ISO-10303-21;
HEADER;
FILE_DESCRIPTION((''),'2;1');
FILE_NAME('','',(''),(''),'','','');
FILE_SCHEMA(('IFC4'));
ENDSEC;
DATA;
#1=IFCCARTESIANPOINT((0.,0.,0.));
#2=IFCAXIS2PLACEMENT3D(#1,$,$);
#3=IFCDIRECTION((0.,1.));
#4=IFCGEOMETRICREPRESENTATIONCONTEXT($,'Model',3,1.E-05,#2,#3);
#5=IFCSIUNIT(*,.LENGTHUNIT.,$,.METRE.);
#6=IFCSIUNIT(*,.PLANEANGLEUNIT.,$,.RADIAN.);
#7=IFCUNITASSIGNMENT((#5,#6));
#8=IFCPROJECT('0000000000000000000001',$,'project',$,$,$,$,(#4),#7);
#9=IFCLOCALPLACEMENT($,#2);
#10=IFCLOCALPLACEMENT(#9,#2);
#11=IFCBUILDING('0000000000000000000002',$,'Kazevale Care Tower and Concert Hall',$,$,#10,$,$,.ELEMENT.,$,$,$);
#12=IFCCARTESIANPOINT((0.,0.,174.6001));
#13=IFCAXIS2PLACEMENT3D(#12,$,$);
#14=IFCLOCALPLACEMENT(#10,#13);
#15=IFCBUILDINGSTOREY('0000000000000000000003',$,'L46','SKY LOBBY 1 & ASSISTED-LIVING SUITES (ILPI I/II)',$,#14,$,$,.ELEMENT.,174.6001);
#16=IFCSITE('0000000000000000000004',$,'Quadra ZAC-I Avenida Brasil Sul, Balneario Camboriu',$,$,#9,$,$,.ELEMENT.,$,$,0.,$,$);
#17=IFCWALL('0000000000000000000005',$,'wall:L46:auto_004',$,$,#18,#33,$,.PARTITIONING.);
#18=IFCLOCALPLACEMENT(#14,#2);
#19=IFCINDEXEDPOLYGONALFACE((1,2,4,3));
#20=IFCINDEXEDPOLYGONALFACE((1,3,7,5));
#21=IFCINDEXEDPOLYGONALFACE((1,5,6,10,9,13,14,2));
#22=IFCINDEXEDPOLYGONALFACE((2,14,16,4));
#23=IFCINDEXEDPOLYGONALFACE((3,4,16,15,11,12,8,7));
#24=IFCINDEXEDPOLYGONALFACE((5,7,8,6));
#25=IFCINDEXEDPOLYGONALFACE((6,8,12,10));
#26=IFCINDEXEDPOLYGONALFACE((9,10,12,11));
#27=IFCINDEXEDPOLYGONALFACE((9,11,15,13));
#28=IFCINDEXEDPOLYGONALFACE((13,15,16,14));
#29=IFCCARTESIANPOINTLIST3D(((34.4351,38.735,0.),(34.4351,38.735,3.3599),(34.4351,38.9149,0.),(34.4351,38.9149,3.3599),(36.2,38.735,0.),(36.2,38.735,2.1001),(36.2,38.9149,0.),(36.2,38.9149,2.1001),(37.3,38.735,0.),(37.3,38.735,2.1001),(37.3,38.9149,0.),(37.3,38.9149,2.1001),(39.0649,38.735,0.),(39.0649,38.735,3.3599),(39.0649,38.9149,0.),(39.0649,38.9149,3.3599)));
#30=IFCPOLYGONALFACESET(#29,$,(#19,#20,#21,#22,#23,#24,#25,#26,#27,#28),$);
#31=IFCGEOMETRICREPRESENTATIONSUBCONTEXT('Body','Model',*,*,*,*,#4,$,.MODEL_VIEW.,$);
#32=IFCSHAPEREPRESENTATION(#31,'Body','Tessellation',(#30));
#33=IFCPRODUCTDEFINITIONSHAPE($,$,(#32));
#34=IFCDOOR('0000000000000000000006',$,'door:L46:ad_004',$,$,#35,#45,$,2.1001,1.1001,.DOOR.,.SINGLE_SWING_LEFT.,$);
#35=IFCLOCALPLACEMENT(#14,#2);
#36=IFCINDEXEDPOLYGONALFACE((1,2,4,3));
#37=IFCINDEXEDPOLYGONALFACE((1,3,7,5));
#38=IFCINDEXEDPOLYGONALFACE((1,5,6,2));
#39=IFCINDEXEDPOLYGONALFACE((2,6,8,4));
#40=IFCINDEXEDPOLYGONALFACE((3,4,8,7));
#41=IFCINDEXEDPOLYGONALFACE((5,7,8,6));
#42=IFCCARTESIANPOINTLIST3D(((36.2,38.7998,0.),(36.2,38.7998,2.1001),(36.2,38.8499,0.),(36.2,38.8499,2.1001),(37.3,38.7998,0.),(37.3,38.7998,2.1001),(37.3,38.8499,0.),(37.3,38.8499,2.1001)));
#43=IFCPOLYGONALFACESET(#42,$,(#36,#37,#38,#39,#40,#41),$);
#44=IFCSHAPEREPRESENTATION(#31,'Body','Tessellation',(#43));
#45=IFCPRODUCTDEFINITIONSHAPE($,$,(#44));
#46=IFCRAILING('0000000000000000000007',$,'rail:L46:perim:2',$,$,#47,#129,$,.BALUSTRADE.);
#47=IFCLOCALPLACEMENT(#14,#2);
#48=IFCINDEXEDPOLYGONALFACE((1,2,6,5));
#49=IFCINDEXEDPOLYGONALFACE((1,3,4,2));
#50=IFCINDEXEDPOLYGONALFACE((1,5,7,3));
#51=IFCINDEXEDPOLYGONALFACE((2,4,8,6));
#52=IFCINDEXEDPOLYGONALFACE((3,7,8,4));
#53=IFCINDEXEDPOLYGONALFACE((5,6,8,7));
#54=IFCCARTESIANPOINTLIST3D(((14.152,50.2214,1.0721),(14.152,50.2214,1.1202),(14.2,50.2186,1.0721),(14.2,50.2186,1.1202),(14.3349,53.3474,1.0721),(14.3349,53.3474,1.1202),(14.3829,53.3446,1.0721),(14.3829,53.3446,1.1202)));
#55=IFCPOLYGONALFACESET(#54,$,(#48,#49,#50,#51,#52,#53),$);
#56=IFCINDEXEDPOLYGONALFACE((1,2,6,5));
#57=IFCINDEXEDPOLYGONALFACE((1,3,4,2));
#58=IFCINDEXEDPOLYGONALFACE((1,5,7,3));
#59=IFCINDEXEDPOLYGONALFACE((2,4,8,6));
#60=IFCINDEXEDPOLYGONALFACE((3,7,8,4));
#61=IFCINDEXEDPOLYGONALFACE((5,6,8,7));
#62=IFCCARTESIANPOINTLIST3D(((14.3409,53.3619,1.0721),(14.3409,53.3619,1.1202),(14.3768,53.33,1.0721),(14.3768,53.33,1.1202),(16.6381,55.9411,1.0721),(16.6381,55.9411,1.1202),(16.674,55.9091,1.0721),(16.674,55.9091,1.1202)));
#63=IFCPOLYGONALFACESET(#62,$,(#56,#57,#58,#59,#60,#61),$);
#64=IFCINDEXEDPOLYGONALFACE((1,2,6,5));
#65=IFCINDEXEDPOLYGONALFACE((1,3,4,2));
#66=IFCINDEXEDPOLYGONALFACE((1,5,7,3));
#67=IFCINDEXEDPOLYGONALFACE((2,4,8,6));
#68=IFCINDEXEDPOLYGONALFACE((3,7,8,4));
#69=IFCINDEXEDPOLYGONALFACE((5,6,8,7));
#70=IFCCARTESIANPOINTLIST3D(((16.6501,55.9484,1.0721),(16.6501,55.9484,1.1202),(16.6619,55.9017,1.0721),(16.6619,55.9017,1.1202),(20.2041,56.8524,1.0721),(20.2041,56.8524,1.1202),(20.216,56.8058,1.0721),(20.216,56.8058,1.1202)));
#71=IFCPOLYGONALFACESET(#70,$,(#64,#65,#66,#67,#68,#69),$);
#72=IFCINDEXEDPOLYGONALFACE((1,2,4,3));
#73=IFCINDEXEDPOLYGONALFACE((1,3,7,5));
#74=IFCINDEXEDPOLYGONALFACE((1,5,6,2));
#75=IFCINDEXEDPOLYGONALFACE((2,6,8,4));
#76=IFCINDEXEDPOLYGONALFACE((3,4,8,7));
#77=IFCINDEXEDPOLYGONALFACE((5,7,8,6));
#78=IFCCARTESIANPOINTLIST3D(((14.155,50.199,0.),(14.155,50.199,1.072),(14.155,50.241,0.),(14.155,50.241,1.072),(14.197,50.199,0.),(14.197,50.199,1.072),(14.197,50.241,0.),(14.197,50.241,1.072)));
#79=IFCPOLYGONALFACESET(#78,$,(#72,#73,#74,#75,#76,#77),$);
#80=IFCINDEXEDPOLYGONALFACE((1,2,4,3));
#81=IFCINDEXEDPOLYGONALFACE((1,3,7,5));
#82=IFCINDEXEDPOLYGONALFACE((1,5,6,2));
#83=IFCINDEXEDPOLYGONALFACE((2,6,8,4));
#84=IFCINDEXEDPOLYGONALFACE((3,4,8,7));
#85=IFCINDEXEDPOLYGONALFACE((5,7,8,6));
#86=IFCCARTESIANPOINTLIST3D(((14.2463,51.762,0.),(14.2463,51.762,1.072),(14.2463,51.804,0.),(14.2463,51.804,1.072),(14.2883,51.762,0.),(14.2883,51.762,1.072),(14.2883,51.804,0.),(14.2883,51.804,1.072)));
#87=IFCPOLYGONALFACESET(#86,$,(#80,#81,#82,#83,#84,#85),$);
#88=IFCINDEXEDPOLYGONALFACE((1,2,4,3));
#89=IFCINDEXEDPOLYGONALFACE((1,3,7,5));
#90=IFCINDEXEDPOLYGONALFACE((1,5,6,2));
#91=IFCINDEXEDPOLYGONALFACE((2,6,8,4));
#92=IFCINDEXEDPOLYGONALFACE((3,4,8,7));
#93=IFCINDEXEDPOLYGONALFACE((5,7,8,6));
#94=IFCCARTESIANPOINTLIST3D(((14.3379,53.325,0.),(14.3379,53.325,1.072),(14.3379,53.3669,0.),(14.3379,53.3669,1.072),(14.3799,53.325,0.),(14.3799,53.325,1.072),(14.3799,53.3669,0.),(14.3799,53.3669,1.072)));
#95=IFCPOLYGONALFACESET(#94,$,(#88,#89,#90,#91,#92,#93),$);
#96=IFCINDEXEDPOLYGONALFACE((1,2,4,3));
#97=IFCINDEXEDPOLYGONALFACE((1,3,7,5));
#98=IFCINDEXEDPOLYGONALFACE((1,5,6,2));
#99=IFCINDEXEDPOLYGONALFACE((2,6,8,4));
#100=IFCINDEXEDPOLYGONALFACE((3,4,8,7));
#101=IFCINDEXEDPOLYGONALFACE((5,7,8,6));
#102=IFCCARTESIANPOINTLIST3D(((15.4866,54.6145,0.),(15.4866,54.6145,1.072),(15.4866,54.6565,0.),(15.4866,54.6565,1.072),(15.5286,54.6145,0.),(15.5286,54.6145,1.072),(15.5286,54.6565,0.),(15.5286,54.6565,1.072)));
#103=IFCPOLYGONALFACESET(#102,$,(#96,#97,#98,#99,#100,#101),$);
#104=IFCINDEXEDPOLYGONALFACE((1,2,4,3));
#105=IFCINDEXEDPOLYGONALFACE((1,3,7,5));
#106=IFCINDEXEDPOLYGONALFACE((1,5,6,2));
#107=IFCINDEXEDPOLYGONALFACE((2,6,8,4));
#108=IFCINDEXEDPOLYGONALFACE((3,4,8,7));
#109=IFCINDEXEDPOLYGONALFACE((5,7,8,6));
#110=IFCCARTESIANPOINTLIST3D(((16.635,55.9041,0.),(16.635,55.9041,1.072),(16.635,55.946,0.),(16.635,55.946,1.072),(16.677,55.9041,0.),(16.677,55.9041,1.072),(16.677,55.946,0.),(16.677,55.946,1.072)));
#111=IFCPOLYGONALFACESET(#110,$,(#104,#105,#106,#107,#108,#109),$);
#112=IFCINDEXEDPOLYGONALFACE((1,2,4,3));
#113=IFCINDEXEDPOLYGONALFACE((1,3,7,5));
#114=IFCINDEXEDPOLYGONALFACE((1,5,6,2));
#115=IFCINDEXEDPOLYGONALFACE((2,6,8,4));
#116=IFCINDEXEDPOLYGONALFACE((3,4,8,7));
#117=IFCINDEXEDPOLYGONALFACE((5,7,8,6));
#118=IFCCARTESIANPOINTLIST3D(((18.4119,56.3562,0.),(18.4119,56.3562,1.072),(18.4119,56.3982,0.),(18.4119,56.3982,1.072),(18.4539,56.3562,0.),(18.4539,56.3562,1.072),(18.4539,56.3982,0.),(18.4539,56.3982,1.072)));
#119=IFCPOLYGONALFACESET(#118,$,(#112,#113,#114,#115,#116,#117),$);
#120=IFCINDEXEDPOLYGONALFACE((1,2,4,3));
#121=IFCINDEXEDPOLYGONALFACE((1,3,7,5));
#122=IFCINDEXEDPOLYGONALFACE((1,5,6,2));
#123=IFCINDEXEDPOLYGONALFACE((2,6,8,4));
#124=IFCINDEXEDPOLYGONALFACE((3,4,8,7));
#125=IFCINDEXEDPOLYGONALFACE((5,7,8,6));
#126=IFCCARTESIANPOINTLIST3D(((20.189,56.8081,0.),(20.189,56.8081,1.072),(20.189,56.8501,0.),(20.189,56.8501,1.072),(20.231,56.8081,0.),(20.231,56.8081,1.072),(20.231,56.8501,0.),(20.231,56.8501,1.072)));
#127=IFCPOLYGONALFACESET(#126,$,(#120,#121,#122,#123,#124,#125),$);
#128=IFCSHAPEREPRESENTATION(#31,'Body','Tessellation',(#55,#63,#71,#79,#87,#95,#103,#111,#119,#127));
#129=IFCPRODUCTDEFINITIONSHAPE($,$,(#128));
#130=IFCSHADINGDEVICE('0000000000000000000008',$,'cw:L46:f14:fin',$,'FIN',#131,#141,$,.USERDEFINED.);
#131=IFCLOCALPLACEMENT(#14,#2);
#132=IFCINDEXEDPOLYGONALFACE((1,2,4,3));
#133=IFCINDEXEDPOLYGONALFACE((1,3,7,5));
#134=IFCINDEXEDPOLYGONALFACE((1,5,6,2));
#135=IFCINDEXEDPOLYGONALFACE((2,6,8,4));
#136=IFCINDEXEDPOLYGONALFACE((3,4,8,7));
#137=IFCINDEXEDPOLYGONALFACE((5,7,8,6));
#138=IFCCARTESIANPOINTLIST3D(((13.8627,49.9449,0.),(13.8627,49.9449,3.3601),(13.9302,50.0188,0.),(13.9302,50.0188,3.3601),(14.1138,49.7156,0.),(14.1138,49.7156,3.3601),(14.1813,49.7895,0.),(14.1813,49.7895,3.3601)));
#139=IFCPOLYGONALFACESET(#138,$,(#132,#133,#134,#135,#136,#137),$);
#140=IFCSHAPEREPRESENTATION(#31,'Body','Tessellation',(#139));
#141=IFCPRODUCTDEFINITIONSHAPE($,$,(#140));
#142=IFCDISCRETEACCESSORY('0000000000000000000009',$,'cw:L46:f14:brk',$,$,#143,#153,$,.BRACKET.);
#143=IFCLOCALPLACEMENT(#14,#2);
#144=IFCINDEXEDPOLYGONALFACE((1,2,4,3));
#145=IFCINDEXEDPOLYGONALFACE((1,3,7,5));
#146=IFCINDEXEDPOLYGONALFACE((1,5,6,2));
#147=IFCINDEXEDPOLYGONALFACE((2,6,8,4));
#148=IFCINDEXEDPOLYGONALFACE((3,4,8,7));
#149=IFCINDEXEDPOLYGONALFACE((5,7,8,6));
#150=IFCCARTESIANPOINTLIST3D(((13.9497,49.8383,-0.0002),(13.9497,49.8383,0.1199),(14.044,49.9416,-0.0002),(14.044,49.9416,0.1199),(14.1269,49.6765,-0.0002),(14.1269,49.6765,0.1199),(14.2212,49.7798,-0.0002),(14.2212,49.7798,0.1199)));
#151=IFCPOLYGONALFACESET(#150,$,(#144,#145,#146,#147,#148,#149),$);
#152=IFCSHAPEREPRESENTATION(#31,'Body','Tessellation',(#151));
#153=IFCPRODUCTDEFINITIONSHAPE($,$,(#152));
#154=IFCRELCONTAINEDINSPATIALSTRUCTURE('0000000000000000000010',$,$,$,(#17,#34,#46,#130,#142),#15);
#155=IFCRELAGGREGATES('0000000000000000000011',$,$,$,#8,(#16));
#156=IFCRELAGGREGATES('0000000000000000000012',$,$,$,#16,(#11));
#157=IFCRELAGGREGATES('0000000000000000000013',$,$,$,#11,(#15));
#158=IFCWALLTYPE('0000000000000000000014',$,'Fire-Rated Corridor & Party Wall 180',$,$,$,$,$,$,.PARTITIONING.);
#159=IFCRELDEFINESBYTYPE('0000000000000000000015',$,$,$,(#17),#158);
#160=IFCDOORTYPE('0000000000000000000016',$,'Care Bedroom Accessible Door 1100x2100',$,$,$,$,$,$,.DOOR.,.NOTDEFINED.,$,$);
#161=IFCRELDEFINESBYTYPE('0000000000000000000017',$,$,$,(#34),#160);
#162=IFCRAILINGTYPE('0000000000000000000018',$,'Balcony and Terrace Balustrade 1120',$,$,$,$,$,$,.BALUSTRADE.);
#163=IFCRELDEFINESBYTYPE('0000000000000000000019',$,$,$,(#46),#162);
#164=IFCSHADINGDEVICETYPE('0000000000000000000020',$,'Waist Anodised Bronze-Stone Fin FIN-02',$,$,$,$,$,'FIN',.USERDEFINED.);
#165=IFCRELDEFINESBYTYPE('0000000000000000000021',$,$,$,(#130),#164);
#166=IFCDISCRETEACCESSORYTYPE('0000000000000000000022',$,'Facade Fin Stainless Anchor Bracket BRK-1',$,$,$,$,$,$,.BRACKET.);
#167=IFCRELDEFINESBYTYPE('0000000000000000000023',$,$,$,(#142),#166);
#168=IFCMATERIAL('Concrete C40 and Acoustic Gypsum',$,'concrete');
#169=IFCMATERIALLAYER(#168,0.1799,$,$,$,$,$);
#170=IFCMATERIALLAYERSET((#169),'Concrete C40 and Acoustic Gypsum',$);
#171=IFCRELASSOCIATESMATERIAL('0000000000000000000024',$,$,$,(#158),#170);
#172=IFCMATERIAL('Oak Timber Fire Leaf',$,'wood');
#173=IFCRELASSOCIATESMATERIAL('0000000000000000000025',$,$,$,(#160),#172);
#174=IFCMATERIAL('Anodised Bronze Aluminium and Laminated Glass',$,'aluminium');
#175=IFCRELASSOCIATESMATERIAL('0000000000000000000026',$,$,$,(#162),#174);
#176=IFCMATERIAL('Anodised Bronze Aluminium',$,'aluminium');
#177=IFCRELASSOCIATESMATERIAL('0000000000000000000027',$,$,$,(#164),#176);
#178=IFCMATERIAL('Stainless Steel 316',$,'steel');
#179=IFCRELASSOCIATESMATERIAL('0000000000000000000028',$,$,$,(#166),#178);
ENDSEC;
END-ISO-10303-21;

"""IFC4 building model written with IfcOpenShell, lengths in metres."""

from ifc_helpers import new_model, si_unit, direction, frame, frame_2d, origin, origin_2d, place, context, subcontext, project, spatial, rectangle, extrude, material, layer, layer_set, type_object, element, fill, save


model = new_model("IFC4")

# Units and contexts
model_context = context("Model", 3, precision=1e-05, world=origin(), true_north=direction((0.0, 1.0)))
body_context = subcontext(model_context, "Body", "Model", "MODEL_VIEW")
ifc_project = project(units=[si_unit("LENGTHUNIT", "METRE"), si_unit("PLANEANGLEUNIT", "RADIAN")], contexts=[model_context])

# Site, building, storey
site_placement = place(None, origin())
site = spatial("IfcSite", under=ifc_project, at=site_placement, Name="Quadra ZAC-I Avenida Brasil Sul, Balneario Camboriu", CompositionType="ELEMENT", RefElevation=0.0)
building_placement = place(site_placement, origin())
building = spatial("IfcBuilding", under=site, at=building_placement, Name="Kazevale Care Tower and Concert Hall", CompositionType="ELEMENT")
storey_placement = place(building_placement, frame((0.0, 0.0, 174.6001)))
storey = spatial("IfcBuildingStorey", under=building, at=storey_placement, Name="L46", Description="SKY LOBBY 1 & ASSISTED-LIVING SUITES (ILPI I/II)", CompositionType="ELEMENT", Elevation=174.6001)

# Wall, opening, door
ifc_material_1 = material(Name="Concrete C40 and Acoustic Gypsum", Category="concrete")
ifc_layer_1 = layer(ifc_material_1, 0.1799)
ifc_layer_set_1 = layer_set([ifc_layer_1], Name="Concrete C40 and Acoustic Gypsum")
wall_type = type_object("IfcWallType", Name="Fire-Rated Corridor & Party Wall 180", PredefinedType="PARTITIONING", material=ifc_layer_set_1)
ifc_material_2 = material(Name="Oak Timber Fire Leaf", Category="wood")
door_type = type_object("IfcDoorType", Name="Care Bedroom Accessible Door 1100x2100", OperationType="NOTDEFINED", PredefinedType="DOOR", material=ifc_material_2)
wall_1_placement = place(storey_placement, frame((34.4351, 38.825, 0.0), z_axis=(0.0, 0.0, 1.0), x_axis=(1.0, 0.0, 0.0)))
wall_1 = element("IfcWall", 1, at=wall_1_placement, inside=storey, type_object=wall_type, Name="wall:L46:auto_004", PredefinedType="PARTITIONING", context=body_context, shape_type="SweptSolid", body=[
    extrude(rectangle(XDim=4.6299, YDim=0.1799, at=frame_2d((2.3149, 0.0))), origin(), (0.0, 0.0, 1.0), 3.3599),
])
opening_1_placement = place(wall_1_placement, frame((1.7649, 0.0, 0.0)))
opening_1 = element("IfcOpeningElement", 2, at=opening_1_placement, cuts=wall_1, PredefinedType="OPENING", context=body_context, shape_type="SweptSolid", body=[
    extrude(rectangle(XDim=1.1001, YDim=2.1001, at=frame_2d((0.55, 1.05))), frame((0.0, 0.0999, 0.0), z_axis=(0.0, -1.0, 0.0), x_axis=(1.0, 0.0, 0.0)), (0.0, 0.0, 1.0), 0.2),
])
door_1_placement = place(opening_1_placement, origin())
door_1 = element("IfcDoor", 3, at=door_1_placement, inside=storey, type_object=door_type, Name="door:L46:ad_004", OperationType="SINGLE_SWING_LEFT", OverallHeight=2.1001, OverallWidth=1.1001, PredefinedType="DOOR", context=body_context, shape_type="SweptSolid", body=[
    extrude(rectangle(XDim=1.1001, YDim=2.1001, at=frame_2d((0.55, 1.05))), frame((0.0, 0.0249, 0.0), z_axis=(0.0, -1.0, 0.0), x_axis=(1.0, 0.0, 0.0)), (0.0, 0.0, 1.0), 0.05),
])
fill(opening_1, door_1)

# Railing
ifc_material_3 = material(Name="Anodised Bronze Aluminium and Laminated Glass", Category="aluminium")
railing_type = type_object("IfcRailingType", Name="Balcony and Terrace Balustrade 1120", PredefinedType="BALUSTRADE", material=ifc_material_3)
railing_placement = place(storey_placement, frame((14.176, 50.22, 0.0)))
element("IfcRailing", 4, at=railing_placement, inside=storey, type_object=railing_type, Name="rail:L46:perim:2", PredefinedType="BALUSTRADE", context=body_context, shape_type="SweptSolid", body=[
    extrude(rectangle(XDim=0.0481, YDim=0.0481, at=origin_2d()), frame((0.0, 0.0, 1.0962), z_axis=(0.058398, 0.998293, 0.0), x_axis=(-0.998293, 0.058398, 0.0)), (0.0, 0.0, 1.0), 3.1313),
    extrude(rectangle(XDim=0.0481, YDim=0.0481, at=origin_2d()), frame((0.1829, 3.126, 1.0962), z_axis=(0.665105, 0.74675, 0.0), x_axis=(-0.74675, 0.665105, 0.0)), (0.0, 0.0, 1.0), 3.4539),
    extrude(rectangle(XDim=0.0481, YDim=0.0481, at=origin_2d()), frame((2.48, 5.7051, 1.0962), z_axis=(0.969136, 0.246528, 0.0), x_axis=(-0.246528, 0.969136, 0.0)), (0.0, 0.0, 1.0), 3.6672),
    extrude(rectangle(XDim=0.042, YDim=0.042, at=origin_2d()), origin(), (0.0, 0.0, 1.0), 1.072),
    extrude(rectangle(XDim=0.042, YDim=0.042, at=origin_2d()), frame((0.0913, 1.563, 0.0)), (0.0, 0.0, 1.0), 1.072),
    extrude(rectangle(XDim=0.042, YDim=0.042, at=origin_2d()), frame((0.1829, 3.126, 0.0)), (0.0, 0.0, 1.0), 1.072),
    extrude(rectangle(XDim=0.042, YDim=0.042, at=origin_2d()), frame((1.3315, 4.4155, 0.0)), (0.0, 0.0, 1.0), 1.072),
    extrude(rectangle(XDim=0.042, YDim=0.042, at=origin_2d()), frame((2.48, 5.7051, 0.0)), (0.0, 0.0, 1.0), 1.072),
    extrude(rectangle(XDim=0.042, YDim=0.042, at=origin_2d()), frame((4.2568, 6.1572, 0.0)), (0.0, 0.0, 1.0), 1.072),
    extrude(rectangle(XDim=0.042, YDim=0.042, at=origin_2d()), frame((6.0339, 6.6091, 0.0)), (0.0, 0.0, 1.0), 1.072),
])

# Shading device
ifc_material_4 = material(Name="Anodised Bronze Aluminium", Category="aluminium")
shading_device_type = type_object("IfcShadingDeviceType", Name="Waist Anodised Bronze-Stone Fin FIN-02", ElementType="FIN", PredefinedType="USERDEFINED", material=ifc_material_4)
shading_device_placement = place(storey_placement, frame((14.022, 49.8672, 0.0), z_axis=(0.0, 0.0, 1.0), x_axis=(-0.738455, 0.674302, 0.0)))
element("IfcShadingDevice", 5, at=shading_device_placement, inside=storey, type_object=shading_device_type, Name="cw:L46:f14:fin", ObjectType="FIN", PredefinedType="USERDEFINED", context=body_context, shape_type="SweptSolid", body=[
    extrude(rectangle(XDim=0.3401, YDim=0.1001, at=origin_2d()), origin(), (0.0, 0.0, 1.0), 3.3601),
])

# Discrete accessory
ifc_material_5 = material(Name="Stainless Steel 316", Category="steel")
discrete_accessory_type = type_object("IfcDiscreteAccessoryType", Name="Facade Fin Stainless Anchor Bracket BRK-1", PredefinedType="BRACKET", material=ifc_material_5)
discrete_accessory_placement = place(storey_placement, frame((14.0854, 49.8091, -0.0002), z_axis=(0.0, 0.0, 1.0), x_axis=(-0.738455, 0.674302, 0.0)))
element("IfcDiscreteAccessory", 6, at=discrete_accessory_placement, inside=storey, type_object=discrete_accessory_type, Name="cw:L46:f14:brk", PredefinedType="BRACKET", context=body_context, shape_type="SweptSolid", body=[
    extrude(rectangle(XDim=0.24, YDim=0.1399, at=origin_2d()), origin(), (0.0, 0.0, 1.0), 0.1201),
])

save(model, "model.ifc")
